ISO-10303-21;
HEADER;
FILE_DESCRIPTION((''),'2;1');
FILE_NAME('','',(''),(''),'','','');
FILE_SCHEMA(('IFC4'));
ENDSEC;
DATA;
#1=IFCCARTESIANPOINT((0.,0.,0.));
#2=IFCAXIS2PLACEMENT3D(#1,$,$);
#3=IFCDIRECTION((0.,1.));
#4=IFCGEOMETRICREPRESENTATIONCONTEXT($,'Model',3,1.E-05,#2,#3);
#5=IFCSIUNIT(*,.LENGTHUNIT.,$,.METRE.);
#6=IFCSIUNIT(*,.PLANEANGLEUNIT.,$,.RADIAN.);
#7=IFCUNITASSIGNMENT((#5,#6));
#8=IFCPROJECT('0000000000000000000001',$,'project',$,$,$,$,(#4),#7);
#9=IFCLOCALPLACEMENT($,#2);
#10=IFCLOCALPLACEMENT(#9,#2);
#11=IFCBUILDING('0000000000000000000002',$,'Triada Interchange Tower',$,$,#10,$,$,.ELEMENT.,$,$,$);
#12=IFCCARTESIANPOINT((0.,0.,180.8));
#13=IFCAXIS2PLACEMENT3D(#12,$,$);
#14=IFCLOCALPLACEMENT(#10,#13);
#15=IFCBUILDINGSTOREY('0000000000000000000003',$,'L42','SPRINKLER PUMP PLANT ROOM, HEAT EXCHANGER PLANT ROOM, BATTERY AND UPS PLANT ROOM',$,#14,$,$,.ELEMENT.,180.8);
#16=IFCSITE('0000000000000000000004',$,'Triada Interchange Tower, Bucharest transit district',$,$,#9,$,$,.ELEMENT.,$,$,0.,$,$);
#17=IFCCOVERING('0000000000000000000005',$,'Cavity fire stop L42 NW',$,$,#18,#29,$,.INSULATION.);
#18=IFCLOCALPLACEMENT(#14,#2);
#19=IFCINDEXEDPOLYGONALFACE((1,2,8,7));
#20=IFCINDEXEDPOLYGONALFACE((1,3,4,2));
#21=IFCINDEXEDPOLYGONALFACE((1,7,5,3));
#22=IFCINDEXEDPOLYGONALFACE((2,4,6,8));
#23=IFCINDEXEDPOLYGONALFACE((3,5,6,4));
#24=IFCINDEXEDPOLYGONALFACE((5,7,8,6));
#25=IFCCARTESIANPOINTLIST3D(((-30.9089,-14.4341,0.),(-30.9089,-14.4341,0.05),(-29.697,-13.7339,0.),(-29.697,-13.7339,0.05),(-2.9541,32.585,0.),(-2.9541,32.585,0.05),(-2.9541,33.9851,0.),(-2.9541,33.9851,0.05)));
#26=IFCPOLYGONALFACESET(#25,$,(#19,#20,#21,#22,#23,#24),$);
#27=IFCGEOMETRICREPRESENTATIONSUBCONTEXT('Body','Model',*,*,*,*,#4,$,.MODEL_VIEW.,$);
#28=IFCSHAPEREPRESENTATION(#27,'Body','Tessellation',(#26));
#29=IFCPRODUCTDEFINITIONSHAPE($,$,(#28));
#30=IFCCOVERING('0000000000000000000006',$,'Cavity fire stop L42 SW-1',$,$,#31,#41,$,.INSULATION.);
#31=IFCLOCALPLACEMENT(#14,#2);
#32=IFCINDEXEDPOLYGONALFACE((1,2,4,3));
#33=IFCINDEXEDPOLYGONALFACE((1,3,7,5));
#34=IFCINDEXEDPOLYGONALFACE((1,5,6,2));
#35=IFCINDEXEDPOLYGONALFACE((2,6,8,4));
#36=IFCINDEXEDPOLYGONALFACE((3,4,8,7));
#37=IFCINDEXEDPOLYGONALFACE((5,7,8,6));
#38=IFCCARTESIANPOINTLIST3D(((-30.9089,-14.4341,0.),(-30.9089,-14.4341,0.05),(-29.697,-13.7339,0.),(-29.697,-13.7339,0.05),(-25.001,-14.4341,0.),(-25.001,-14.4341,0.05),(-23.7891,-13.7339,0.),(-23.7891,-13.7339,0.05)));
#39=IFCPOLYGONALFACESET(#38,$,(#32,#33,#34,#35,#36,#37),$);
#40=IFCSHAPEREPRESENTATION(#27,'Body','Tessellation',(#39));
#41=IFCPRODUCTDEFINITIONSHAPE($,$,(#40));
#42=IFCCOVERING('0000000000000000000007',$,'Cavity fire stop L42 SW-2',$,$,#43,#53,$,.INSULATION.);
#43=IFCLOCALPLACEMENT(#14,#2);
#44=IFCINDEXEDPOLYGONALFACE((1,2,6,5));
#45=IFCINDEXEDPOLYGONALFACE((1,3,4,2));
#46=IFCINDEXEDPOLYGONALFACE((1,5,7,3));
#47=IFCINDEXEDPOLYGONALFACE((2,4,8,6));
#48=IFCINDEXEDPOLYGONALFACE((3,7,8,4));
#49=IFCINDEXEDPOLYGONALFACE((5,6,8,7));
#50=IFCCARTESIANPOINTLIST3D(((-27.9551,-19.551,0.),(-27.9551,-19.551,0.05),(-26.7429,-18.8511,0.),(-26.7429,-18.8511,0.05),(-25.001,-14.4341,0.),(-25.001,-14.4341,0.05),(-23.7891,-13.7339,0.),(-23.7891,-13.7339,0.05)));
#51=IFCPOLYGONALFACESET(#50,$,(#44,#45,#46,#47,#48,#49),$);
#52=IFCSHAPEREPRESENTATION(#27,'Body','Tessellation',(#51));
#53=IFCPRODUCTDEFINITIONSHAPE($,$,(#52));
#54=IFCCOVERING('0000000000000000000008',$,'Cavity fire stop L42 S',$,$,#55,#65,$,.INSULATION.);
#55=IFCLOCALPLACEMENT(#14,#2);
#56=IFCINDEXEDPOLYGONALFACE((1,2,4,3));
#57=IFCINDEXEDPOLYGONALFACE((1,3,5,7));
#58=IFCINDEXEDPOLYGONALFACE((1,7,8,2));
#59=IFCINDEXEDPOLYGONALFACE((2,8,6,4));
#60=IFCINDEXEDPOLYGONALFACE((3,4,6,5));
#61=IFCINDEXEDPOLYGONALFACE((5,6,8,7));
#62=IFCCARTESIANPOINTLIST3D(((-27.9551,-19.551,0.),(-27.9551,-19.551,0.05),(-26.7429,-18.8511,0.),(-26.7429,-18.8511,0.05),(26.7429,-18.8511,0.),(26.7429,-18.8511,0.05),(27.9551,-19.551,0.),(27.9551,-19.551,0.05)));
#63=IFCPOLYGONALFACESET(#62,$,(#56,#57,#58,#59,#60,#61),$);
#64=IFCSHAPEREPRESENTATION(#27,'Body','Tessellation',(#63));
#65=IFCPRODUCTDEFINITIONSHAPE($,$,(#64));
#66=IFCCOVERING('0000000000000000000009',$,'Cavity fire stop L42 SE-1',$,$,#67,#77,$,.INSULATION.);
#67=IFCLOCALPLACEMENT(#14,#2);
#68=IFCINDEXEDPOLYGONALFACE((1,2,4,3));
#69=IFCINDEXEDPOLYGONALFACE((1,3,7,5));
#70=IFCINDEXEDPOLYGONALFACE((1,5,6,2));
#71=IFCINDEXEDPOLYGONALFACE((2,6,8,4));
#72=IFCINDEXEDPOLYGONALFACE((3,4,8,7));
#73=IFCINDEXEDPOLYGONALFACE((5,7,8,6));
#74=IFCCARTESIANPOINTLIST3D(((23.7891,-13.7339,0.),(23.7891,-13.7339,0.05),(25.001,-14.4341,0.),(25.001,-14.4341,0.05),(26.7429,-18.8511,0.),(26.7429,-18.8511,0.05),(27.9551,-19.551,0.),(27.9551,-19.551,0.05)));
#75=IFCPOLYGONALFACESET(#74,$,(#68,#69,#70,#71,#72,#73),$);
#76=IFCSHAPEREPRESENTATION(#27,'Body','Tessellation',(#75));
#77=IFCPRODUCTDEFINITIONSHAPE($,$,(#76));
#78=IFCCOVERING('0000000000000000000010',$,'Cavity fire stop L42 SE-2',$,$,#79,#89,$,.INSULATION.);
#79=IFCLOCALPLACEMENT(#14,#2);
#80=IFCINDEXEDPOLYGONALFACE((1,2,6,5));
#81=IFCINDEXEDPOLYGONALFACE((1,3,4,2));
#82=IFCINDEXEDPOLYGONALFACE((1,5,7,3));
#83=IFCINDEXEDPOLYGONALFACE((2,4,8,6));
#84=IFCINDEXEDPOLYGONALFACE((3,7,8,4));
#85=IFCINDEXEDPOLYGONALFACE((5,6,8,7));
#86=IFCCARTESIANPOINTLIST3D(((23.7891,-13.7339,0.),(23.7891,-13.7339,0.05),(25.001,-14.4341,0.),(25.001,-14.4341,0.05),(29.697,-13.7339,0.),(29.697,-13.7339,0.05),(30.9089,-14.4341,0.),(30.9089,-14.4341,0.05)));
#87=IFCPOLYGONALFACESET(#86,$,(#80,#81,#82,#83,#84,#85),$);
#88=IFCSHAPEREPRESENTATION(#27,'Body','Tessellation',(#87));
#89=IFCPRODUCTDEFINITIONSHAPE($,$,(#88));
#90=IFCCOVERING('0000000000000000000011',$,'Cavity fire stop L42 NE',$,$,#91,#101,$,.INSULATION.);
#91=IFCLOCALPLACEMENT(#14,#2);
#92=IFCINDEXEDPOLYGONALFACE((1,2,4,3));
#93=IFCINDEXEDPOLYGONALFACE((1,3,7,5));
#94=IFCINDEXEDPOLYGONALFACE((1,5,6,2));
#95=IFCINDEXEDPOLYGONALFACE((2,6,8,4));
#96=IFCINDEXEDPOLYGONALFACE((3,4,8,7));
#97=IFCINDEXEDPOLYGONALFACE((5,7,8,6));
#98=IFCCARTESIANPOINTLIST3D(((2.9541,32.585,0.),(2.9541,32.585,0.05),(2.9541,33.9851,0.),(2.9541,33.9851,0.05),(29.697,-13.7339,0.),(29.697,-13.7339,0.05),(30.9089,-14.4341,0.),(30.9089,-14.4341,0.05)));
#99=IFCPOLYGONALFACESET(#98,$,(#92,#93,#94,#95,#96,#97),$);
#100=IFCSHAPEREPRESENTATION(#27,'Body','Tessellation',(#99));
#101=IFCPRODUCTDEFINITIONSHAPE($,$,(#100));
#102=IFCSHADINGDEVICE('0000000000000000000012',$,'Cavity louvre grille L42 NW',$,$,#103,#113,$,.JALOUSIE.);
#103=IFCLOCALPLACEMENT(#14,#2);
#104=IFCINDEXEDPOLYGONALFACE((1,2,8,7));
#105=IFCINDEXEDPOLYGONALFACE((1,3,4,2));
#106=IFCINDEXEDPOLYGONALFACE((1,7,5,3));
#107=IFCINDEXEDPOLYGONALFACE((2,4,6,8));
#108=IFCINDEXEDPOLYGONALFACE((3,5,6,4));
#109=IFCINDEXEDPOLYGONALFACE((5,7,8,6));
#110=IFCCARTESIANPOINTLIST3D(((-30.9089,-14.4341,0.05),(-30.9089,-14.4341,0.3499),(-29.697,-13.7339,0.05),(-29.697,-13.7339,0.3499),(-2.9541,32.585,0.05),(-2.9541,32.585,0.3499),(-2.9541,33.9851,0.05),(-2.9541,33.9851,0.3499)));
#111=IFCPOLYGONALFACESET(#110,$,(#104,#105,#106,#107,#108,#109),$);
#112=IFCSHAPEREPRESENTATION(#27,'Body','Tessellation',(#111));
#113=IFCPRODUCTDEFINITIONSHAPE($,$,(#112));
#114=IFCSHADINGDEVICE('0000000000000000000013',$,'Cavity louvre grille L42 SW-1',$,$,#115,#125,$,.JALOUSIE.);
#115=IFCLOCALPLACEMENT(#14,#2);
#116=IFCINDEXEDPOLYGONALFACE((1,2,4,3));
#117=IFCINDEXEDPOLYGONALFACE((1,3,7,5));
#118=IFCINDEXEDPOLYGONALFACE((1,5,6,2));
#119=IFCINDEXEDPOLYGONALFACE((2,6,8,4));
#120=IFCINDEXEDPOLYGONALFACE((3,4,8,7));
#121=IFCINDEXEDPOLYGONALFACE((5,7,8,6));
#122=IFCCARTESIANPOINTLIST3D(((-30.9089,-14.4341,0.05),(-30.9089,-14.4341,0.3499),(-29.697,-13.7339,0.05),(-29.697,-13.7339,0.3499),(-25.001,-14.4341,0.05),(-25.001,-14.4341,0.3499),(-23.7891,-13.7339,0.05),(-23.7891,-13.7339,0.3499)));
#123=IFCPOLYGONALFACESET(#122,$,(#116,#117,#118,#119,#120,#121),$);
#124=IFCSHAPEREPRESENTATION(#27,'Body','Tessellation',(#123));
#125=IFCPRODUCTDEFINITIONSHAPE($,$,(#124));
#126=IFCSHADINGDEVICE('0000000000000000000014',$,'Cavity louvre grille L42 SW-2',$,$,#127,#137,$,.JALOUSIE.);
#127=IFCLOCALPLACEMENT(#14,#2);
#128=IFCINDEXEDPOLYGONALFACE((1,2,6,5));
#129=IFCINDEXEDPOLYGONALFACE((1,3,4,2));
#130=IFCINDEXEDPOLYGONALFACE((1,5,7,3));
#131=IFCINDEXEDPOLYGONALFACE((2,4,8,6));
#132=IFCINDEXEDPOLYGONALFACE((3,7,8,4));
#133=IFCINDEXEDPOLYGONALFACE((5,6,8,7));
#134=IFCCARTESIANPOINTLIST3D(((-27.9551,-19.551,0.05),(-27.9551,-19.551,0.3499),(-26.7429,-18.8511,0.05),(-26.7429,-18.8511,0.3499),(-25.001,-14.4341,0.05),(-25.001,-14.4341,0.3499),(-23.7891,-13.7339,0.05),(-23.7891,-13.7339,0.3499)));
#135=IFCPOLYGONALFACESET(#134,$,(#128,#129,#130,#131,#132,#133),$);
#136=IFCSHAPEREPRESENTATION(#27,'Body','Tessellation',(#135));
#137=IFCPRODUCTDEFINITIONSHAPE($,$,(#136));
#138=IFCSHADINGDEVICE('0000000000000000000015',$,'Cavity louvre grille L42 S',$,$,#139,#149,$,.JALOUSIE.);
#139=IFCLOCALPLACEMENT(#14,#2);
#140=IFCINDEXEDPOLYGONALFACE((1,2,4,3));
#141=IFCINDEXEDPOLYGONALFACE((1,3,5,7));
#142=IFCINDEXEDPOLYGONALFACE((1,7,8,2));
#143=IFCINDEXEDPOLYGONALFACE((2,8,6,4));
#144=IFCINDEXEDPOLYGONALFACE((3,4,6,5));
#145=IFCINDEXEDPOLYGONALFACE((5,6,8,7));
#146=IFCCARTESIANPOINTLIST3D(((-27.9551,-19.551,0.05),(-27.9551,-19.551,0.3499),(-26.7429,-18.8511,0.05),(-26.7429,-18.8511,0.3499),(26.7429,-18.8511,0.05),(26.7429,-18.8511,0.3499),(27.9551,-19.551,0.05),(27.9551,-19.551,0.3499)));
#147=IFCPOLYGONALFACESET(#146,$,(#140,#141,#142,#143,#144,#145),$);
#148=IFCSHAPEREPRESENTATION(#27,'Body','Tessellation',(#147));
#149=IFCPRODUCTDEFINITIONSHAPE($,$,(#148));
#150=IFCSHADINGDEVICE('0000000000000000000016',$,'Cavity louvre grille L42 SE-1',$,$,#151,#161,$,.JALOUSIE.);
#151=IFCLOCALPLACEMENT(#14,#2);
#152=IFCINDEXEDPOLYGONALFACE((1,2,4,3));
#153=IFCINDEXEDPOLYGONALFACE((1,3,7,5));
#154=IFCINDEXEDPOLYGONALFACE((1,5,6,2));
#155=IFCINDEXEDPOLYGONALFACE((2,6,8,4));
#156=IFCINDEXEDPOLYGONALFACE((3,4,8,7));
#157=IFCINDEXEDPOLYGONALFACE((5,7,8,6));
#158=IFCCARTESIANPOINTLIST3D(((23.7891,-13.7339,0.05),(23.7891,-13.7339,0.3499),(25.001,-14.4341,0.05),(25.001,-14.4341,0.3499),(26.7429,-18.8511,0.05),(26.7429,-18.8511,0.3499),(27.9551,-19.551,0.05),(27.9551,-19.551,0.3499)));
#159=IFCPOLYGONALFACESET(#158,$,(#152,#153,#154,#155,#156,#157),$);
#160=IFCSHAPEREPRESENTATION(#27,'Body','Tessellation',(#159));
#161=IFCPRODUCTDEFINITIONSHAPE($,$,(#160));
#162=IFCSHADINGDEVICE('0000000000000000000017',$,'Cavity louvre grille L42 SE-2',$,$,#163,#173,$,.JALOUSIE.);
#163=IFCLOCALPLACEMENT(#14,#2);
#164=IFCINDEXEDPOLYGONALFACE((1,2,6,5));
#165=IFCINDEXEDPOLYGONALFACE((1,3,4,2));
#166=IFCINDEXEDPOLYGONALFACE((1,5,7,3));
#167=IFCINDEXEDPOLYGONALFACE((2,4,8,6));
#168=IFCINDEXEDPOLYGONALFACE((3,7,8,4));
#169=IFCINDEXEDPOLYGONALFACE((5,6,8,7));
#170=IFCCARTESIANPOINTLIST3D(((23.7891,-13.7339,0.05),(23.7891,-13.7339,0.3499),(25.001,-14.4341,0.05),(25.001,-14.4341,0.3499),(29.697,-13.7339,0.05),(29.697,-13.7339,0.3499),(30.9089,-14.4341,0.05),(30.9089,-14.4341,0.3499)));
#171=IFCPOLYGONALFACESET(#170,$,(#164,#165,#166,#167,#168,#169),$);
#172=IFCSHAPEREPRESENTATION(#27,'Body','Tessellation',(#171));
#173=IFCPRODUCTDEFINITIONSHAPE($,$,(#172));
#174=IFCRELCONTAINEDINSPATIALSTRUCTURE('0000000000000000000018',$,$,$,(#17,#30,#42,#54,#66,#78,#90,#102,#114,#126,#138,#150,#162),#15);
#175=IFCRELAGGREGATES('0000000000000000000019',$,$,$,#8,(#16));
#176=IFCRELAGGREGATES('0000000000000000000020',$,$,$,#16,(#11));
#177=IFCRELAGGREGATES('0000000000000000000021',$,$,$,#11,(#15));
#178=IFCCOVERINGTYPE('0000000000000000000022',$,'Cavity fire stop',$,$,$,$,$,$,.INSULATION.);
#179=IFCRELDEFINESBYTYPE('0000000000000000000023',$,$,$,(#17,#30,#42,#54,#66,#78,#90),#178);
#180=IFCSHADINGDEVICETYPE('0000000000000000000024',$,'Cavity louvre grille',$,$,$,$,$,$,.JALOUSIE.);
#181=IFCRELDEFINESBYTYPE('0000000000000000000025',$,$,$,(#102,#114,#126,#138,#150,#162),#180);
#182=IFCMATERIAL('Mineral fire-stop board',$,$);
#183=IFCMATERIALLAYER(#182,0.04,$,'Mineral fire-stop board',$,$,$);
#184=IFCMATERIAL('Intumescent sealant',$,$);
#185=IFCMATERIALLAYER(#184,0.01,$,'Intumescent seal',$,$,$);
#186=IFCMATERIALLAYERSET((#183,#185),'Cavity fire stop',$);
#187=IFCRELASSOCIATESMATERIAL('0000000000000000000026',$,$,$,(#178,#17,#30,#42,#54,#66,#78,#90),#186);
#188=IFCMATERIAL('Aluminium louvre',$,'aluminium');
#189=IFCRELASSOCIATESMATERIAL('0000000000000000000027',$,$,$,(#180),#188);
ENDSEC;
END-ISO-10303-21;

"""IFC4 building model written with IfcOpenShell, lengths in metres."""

from ifc_helpers import new_model, si_unit, direction, frame, origin, place, context, subcontext, project, spatial, polyline, outline, extrude, material, layer, layer_set, layer_usage, type_object, element, save


model = new_model("IFC4")

# Units and contexts
model_context = context("Model", 3, precision=1e-05, world=origin(), true_north=direction((0.0, 1.0)))
body_context = subcontext(model_context, "Body", "Model", "MODEL_VIEW")
ifc_project = project(units=[si_unit("LENGTHUNIT", "METRE"), si_unit("PLANEANGLEUNIT", "RADIAN")], contexts=[model_context])

# Site, building, storey
site_placement = place(None, origin())
site = spatial("IfcSite", under=ifc_project, at=site_placement, Name="Triada Interchange Tower, Bucharest transit district", CompositionType="ELEMENT", RefElevation=0.0)
building_placement = place(site_placement, origin())
building = spatial("IfcBuilding", under=site, at=building_placement, Name="Triada Interchange Tower", CompositionType="ELEMENT")
storey_placement = place(building_placement, frame((0.0, 0.0, 180.8)))
storey = spatial("IfcBuildingStorey", under=building, at=storey_placement, Name="L42", Description="SPRINKLER PUMP PLANT ROOM, HEAT EXCHANGER PLANT ROOM, BATTERY AND UPS PLANT ROOM", CompositionType="ELEMENT", Elevation=180.8)

# Coverings
ifc_material_1 = material(Name="Mineral fire-stop board")
ifc_layer_1 = layer(ifc_material_1, 0.04, Name="Mineral fire-stop board")
ifc_material_2 = material(Name="Intumescent sealant")
ifc_layer_2 = layer(ifc_material_2, 0.01, Name="Intumescent seal")
ifc_layer_set_1 = layer_set([ifc_layer_1, ifc_layer_2], Name="Cavity fire stop")
ifc_layer_usage = layer_usage(ifc_layer_set_1, "AXIS3", "POSITIVE", 0.0)
covering_type = type_object("IfcCoveringType", Name="Cavity fire stop", PredefinedType="INSULATION", material=ifc_layer_set_1)
covering_1_placement = place(storey_placement, origin())
element("IfcCovering", 1, at=covering_1_placement, inside=storey, type_object=covering_type, material=ifc_layer_usage, Name="Cavity fire stop L42 NW", PredefinedType="INSULATION", context=body_context, shape_type="SweptSolid", body=[
    extrude(outline(polyline([(-2.9541, 32.585), (-2.9541, 33.9851), (-30.9089, -14.4341), (-29.697, -13.7339), (-2.9541, 32.585)])), origin(), (0.0, 0.0, 1.0), 0.05),
])
covering_2_placement = place(storey_placement, origin())
element("IfcCovering", 2, at=covering_2_placement, inside=storey, type_object=covering_type, material=ifc_layer_usage, Name="Cavity fire stop L42 SW-1", PredefinedType="INSULATION", context=body_context, shape_type="SweptSolid", body=[
    extrude(outline(polyline([(-29.697, -13.7339), (-30.9089, -14.4341), (-25.001, -14.4341), (-23.7891, -13.7339), (-29.697, -13.7339)])), origin(), (0.0, 0.0, 1.0), 0.05),
])
covering_3_placement = place(storey_placement, origin())
element("IfcCovering", 3, at=covering_3_placement, inside=storey, type_object=covering_type, material=ifc_layer_usage, Name="Cavity fire stop L42 SW-2", PredefinedType="INSULATION", context=body_context, shape_type="SweptSolid", body=[
    extrude(outline(polyline([(-23.7891, -13.7339), (-25.001, -14.4341), (-27.9551, -19.551), (-26.7429, -18.8511), (-23.7891, -13.7339)])), origin(), (0.0, 0.0, 1.0), 0.05),
])
covering_4_placement = place(storey_placement, origin())
element("IfcCovering", 4, at=covering_4_placement, inside=storey, type_object=covering_type, material=ifc_layer_usage, Name="Cavity fire stop L42 S", PredefinedType="INSULATION", context=body_context, shape_type="SweptSolid", body=[
    extrude(outline(polyline([(-26.7429, -18.8511), (-27.9551, -19.551), (27.9551, -19.551), (26.7429, -18.8511), (-26.7429, -18.8511)])), origin(), (0.0, 0.0, 1.0), 0.05),
])
covering_5_placement = place(storey_placement, origin())
element("IfcCovering", 5, at=covering_5_placement, inside=storey, type_object=covering_type, material=ifc_layer_usage, Name="Cavity fire stop L42 SE-1", PredefinedType="INSULATION", context=body_context, shape_type="SweptSolid", body=[
    extrude(outline(polyline([(26.7429, -18.8511), (27.9551, -19.551), (25.001, -14.4341), (23.7891, -13.7339), (26.7429, -18.8511)])), origin(), (0.0, 0.0, 1.0), 0.05),
])
covering_6_placement = place(storey_placement, origin())
element("IfcCovering", 6, at=covering_6_placement, inside=storey, type_object=covering_type, material=ifc_layer_usage, Name="Cavity fire stop L42 SE-2", PredefinedType="INSULATION", context=body_context, shape_type="SweptSolid", body=[
    extrude(outline(polyline([(23.7891, -13.7339), (25.001, -14.4341), (30.9089, -14.4341), (29.697, -13.7339), (23.7891, -13.7339)])), origin(), (0.0, 0.0, 1.0), 0.05),
])
covering_7_placement = place(storey_placement, origin())
element("IfcCovering", 7, at=covering_7_placement, inside=storey, type_object=covering_type, material=ifc_layer_usage, Name="Cavity fire stop L42 NE", PredefinedType="INSULATION", context=body_context, shape_type="SweptSolid", body=[
    extrude(outline(polyline([(29.697, -13.7339), (30.9089, -14.4341), (2.9541, 33.9851), (2.9541, 32.585), (29.697, -13.7339)])), origin(), (0.0, 0.0, 1.0), 0.05),
])

# Shading devices
ifc_material_3 = material(Name="Aluminium louvre", Category="aluminium")
shading_device_type = type_object("IfcShadingDeviceType", Name="Cavity louvre grille", PredefinedType="JALOUSIE", material=ifc_material_3)
shading_device_1_placement = place(storey_placement, frame((0.0, 0.0, 0.05)))
element("IfcShadingDevice", 8, at=shading_device_1_placement, inside=storey, type_object=shading_device_type, Name="Cavity louvre grille L42 NW", PredefinedType="JALOUSIE", context=body_context, shape_type="SweptSolid", body=[
    extrude(outline(polyline([(-2.9541, 32.585), (-2.9541, 33.9851), (-30.9089, -14.4341), (-29.697, -13.7339), (-2.9541, 32.585)])), origin(), (0.0, 0.0, 1.0), 0.2998),
])
shading_device_2_placement = place(storey_placement, frame((0.0, 0.0, 0.05)))
element("IfcShadingDevice", 9, at=shading_device_2_placement, inside=storey, type_object=shading_device_type, Name="Cavity louvre grille L42 SW-1", PredefinedType="JALOUSIE", context=body_context, shape_type="SweptSolid", body=[
    extrude(outline(polyline([(-29.697, -13.7339), (-30.9089, -14.4341), (-25.001, -14.4341), (-23.7891, -13.7339), (-29.697, -13.7339)])), origin(), (0.0, 0.0, 1.0), 0.2998),
])
shading_device_3_placement = place(storey_placement, frame((0.0, 0.0, 0.05)))
element("IfcShadingDevice", 10, at=shading_device_3_placement, inside=storey, type_object=shading_device_type, Name="Cavity louvre grille L42 SW-2", PredefinedType="JALOUSIE", context=body_context, shape_type="SweptSolid", body=[
    extrude(outline(polyline([(-23.7891, -13.7339), (-25.001, -14.4341), (-27.9551, -19.551), (-26.7429, -18.8511), (-23.7891, -13.7339)])), origin(), (0.0, 0.0, 1.0), 0.2998),
])
shading_device_4_placement = place(storey_placement, frame((0.0, 0.0, 0.05)))
element("IfcShadingDevice", 11, at=shading_device_4_placement, inside=storey, type_object=shading_device_type, Name="Cavity louvre grille L42 S", PredefinedType="JALOUSIE", context=body_context, shape_type="SweptSolid", body=[
    extrude(outline(polyline([(-26.7429, -18.8511), (-27.9551, -19.551), (27.9551, -19.551), (26.7429, -18.8511), (-26.7429, -18.8511)])), origin(), (0.0, 0.0, 1.0), 0.2998),
])
shading_device_5_placement = place(storey_placement, frame((0.0, 0.0, 0.05)))
element("IfcShadingDevice", 12, at=shading_device_5_placement, inside=storey, type_object=shading_device_type, Name="Cavity louvre grille L42 SE-1", PredefinedType="JALOUSIE", context=body_context, shape_type="SweptSolid", body=[
    extrude(outline(polyline([(26.7429, -18.8511), (27.9551, -19.551), (25.001, -14.4341), (23.7891, -13.7339), (26.7429, -18.8511)])), origin(), (0.0, 0.0, 1.0), 0.2998),
])
shading_device_6_placement = place(storey_placement, frame((0.0, 0.0, 0.05)))
element("IfcShadingDevice", 13, at=shading_device_6_placement, inside=storey, type_object=shading_device_type, Name="Cavity louvre grille L42 SE-2", PredefinedType="JALOUSIE", context=body_context, shape_type="SweptSolid", body=[
    extrude(outline(polyline([(23.7891, -13.7339), (25.001, -14.4341), (30.9089, -14.4341), (29.697, -13.7339), (23.7891, -13.7339)])), origin(), (0.0, 0.0, 1.0), 0.2998),
])

save(model, "model.ifc")
